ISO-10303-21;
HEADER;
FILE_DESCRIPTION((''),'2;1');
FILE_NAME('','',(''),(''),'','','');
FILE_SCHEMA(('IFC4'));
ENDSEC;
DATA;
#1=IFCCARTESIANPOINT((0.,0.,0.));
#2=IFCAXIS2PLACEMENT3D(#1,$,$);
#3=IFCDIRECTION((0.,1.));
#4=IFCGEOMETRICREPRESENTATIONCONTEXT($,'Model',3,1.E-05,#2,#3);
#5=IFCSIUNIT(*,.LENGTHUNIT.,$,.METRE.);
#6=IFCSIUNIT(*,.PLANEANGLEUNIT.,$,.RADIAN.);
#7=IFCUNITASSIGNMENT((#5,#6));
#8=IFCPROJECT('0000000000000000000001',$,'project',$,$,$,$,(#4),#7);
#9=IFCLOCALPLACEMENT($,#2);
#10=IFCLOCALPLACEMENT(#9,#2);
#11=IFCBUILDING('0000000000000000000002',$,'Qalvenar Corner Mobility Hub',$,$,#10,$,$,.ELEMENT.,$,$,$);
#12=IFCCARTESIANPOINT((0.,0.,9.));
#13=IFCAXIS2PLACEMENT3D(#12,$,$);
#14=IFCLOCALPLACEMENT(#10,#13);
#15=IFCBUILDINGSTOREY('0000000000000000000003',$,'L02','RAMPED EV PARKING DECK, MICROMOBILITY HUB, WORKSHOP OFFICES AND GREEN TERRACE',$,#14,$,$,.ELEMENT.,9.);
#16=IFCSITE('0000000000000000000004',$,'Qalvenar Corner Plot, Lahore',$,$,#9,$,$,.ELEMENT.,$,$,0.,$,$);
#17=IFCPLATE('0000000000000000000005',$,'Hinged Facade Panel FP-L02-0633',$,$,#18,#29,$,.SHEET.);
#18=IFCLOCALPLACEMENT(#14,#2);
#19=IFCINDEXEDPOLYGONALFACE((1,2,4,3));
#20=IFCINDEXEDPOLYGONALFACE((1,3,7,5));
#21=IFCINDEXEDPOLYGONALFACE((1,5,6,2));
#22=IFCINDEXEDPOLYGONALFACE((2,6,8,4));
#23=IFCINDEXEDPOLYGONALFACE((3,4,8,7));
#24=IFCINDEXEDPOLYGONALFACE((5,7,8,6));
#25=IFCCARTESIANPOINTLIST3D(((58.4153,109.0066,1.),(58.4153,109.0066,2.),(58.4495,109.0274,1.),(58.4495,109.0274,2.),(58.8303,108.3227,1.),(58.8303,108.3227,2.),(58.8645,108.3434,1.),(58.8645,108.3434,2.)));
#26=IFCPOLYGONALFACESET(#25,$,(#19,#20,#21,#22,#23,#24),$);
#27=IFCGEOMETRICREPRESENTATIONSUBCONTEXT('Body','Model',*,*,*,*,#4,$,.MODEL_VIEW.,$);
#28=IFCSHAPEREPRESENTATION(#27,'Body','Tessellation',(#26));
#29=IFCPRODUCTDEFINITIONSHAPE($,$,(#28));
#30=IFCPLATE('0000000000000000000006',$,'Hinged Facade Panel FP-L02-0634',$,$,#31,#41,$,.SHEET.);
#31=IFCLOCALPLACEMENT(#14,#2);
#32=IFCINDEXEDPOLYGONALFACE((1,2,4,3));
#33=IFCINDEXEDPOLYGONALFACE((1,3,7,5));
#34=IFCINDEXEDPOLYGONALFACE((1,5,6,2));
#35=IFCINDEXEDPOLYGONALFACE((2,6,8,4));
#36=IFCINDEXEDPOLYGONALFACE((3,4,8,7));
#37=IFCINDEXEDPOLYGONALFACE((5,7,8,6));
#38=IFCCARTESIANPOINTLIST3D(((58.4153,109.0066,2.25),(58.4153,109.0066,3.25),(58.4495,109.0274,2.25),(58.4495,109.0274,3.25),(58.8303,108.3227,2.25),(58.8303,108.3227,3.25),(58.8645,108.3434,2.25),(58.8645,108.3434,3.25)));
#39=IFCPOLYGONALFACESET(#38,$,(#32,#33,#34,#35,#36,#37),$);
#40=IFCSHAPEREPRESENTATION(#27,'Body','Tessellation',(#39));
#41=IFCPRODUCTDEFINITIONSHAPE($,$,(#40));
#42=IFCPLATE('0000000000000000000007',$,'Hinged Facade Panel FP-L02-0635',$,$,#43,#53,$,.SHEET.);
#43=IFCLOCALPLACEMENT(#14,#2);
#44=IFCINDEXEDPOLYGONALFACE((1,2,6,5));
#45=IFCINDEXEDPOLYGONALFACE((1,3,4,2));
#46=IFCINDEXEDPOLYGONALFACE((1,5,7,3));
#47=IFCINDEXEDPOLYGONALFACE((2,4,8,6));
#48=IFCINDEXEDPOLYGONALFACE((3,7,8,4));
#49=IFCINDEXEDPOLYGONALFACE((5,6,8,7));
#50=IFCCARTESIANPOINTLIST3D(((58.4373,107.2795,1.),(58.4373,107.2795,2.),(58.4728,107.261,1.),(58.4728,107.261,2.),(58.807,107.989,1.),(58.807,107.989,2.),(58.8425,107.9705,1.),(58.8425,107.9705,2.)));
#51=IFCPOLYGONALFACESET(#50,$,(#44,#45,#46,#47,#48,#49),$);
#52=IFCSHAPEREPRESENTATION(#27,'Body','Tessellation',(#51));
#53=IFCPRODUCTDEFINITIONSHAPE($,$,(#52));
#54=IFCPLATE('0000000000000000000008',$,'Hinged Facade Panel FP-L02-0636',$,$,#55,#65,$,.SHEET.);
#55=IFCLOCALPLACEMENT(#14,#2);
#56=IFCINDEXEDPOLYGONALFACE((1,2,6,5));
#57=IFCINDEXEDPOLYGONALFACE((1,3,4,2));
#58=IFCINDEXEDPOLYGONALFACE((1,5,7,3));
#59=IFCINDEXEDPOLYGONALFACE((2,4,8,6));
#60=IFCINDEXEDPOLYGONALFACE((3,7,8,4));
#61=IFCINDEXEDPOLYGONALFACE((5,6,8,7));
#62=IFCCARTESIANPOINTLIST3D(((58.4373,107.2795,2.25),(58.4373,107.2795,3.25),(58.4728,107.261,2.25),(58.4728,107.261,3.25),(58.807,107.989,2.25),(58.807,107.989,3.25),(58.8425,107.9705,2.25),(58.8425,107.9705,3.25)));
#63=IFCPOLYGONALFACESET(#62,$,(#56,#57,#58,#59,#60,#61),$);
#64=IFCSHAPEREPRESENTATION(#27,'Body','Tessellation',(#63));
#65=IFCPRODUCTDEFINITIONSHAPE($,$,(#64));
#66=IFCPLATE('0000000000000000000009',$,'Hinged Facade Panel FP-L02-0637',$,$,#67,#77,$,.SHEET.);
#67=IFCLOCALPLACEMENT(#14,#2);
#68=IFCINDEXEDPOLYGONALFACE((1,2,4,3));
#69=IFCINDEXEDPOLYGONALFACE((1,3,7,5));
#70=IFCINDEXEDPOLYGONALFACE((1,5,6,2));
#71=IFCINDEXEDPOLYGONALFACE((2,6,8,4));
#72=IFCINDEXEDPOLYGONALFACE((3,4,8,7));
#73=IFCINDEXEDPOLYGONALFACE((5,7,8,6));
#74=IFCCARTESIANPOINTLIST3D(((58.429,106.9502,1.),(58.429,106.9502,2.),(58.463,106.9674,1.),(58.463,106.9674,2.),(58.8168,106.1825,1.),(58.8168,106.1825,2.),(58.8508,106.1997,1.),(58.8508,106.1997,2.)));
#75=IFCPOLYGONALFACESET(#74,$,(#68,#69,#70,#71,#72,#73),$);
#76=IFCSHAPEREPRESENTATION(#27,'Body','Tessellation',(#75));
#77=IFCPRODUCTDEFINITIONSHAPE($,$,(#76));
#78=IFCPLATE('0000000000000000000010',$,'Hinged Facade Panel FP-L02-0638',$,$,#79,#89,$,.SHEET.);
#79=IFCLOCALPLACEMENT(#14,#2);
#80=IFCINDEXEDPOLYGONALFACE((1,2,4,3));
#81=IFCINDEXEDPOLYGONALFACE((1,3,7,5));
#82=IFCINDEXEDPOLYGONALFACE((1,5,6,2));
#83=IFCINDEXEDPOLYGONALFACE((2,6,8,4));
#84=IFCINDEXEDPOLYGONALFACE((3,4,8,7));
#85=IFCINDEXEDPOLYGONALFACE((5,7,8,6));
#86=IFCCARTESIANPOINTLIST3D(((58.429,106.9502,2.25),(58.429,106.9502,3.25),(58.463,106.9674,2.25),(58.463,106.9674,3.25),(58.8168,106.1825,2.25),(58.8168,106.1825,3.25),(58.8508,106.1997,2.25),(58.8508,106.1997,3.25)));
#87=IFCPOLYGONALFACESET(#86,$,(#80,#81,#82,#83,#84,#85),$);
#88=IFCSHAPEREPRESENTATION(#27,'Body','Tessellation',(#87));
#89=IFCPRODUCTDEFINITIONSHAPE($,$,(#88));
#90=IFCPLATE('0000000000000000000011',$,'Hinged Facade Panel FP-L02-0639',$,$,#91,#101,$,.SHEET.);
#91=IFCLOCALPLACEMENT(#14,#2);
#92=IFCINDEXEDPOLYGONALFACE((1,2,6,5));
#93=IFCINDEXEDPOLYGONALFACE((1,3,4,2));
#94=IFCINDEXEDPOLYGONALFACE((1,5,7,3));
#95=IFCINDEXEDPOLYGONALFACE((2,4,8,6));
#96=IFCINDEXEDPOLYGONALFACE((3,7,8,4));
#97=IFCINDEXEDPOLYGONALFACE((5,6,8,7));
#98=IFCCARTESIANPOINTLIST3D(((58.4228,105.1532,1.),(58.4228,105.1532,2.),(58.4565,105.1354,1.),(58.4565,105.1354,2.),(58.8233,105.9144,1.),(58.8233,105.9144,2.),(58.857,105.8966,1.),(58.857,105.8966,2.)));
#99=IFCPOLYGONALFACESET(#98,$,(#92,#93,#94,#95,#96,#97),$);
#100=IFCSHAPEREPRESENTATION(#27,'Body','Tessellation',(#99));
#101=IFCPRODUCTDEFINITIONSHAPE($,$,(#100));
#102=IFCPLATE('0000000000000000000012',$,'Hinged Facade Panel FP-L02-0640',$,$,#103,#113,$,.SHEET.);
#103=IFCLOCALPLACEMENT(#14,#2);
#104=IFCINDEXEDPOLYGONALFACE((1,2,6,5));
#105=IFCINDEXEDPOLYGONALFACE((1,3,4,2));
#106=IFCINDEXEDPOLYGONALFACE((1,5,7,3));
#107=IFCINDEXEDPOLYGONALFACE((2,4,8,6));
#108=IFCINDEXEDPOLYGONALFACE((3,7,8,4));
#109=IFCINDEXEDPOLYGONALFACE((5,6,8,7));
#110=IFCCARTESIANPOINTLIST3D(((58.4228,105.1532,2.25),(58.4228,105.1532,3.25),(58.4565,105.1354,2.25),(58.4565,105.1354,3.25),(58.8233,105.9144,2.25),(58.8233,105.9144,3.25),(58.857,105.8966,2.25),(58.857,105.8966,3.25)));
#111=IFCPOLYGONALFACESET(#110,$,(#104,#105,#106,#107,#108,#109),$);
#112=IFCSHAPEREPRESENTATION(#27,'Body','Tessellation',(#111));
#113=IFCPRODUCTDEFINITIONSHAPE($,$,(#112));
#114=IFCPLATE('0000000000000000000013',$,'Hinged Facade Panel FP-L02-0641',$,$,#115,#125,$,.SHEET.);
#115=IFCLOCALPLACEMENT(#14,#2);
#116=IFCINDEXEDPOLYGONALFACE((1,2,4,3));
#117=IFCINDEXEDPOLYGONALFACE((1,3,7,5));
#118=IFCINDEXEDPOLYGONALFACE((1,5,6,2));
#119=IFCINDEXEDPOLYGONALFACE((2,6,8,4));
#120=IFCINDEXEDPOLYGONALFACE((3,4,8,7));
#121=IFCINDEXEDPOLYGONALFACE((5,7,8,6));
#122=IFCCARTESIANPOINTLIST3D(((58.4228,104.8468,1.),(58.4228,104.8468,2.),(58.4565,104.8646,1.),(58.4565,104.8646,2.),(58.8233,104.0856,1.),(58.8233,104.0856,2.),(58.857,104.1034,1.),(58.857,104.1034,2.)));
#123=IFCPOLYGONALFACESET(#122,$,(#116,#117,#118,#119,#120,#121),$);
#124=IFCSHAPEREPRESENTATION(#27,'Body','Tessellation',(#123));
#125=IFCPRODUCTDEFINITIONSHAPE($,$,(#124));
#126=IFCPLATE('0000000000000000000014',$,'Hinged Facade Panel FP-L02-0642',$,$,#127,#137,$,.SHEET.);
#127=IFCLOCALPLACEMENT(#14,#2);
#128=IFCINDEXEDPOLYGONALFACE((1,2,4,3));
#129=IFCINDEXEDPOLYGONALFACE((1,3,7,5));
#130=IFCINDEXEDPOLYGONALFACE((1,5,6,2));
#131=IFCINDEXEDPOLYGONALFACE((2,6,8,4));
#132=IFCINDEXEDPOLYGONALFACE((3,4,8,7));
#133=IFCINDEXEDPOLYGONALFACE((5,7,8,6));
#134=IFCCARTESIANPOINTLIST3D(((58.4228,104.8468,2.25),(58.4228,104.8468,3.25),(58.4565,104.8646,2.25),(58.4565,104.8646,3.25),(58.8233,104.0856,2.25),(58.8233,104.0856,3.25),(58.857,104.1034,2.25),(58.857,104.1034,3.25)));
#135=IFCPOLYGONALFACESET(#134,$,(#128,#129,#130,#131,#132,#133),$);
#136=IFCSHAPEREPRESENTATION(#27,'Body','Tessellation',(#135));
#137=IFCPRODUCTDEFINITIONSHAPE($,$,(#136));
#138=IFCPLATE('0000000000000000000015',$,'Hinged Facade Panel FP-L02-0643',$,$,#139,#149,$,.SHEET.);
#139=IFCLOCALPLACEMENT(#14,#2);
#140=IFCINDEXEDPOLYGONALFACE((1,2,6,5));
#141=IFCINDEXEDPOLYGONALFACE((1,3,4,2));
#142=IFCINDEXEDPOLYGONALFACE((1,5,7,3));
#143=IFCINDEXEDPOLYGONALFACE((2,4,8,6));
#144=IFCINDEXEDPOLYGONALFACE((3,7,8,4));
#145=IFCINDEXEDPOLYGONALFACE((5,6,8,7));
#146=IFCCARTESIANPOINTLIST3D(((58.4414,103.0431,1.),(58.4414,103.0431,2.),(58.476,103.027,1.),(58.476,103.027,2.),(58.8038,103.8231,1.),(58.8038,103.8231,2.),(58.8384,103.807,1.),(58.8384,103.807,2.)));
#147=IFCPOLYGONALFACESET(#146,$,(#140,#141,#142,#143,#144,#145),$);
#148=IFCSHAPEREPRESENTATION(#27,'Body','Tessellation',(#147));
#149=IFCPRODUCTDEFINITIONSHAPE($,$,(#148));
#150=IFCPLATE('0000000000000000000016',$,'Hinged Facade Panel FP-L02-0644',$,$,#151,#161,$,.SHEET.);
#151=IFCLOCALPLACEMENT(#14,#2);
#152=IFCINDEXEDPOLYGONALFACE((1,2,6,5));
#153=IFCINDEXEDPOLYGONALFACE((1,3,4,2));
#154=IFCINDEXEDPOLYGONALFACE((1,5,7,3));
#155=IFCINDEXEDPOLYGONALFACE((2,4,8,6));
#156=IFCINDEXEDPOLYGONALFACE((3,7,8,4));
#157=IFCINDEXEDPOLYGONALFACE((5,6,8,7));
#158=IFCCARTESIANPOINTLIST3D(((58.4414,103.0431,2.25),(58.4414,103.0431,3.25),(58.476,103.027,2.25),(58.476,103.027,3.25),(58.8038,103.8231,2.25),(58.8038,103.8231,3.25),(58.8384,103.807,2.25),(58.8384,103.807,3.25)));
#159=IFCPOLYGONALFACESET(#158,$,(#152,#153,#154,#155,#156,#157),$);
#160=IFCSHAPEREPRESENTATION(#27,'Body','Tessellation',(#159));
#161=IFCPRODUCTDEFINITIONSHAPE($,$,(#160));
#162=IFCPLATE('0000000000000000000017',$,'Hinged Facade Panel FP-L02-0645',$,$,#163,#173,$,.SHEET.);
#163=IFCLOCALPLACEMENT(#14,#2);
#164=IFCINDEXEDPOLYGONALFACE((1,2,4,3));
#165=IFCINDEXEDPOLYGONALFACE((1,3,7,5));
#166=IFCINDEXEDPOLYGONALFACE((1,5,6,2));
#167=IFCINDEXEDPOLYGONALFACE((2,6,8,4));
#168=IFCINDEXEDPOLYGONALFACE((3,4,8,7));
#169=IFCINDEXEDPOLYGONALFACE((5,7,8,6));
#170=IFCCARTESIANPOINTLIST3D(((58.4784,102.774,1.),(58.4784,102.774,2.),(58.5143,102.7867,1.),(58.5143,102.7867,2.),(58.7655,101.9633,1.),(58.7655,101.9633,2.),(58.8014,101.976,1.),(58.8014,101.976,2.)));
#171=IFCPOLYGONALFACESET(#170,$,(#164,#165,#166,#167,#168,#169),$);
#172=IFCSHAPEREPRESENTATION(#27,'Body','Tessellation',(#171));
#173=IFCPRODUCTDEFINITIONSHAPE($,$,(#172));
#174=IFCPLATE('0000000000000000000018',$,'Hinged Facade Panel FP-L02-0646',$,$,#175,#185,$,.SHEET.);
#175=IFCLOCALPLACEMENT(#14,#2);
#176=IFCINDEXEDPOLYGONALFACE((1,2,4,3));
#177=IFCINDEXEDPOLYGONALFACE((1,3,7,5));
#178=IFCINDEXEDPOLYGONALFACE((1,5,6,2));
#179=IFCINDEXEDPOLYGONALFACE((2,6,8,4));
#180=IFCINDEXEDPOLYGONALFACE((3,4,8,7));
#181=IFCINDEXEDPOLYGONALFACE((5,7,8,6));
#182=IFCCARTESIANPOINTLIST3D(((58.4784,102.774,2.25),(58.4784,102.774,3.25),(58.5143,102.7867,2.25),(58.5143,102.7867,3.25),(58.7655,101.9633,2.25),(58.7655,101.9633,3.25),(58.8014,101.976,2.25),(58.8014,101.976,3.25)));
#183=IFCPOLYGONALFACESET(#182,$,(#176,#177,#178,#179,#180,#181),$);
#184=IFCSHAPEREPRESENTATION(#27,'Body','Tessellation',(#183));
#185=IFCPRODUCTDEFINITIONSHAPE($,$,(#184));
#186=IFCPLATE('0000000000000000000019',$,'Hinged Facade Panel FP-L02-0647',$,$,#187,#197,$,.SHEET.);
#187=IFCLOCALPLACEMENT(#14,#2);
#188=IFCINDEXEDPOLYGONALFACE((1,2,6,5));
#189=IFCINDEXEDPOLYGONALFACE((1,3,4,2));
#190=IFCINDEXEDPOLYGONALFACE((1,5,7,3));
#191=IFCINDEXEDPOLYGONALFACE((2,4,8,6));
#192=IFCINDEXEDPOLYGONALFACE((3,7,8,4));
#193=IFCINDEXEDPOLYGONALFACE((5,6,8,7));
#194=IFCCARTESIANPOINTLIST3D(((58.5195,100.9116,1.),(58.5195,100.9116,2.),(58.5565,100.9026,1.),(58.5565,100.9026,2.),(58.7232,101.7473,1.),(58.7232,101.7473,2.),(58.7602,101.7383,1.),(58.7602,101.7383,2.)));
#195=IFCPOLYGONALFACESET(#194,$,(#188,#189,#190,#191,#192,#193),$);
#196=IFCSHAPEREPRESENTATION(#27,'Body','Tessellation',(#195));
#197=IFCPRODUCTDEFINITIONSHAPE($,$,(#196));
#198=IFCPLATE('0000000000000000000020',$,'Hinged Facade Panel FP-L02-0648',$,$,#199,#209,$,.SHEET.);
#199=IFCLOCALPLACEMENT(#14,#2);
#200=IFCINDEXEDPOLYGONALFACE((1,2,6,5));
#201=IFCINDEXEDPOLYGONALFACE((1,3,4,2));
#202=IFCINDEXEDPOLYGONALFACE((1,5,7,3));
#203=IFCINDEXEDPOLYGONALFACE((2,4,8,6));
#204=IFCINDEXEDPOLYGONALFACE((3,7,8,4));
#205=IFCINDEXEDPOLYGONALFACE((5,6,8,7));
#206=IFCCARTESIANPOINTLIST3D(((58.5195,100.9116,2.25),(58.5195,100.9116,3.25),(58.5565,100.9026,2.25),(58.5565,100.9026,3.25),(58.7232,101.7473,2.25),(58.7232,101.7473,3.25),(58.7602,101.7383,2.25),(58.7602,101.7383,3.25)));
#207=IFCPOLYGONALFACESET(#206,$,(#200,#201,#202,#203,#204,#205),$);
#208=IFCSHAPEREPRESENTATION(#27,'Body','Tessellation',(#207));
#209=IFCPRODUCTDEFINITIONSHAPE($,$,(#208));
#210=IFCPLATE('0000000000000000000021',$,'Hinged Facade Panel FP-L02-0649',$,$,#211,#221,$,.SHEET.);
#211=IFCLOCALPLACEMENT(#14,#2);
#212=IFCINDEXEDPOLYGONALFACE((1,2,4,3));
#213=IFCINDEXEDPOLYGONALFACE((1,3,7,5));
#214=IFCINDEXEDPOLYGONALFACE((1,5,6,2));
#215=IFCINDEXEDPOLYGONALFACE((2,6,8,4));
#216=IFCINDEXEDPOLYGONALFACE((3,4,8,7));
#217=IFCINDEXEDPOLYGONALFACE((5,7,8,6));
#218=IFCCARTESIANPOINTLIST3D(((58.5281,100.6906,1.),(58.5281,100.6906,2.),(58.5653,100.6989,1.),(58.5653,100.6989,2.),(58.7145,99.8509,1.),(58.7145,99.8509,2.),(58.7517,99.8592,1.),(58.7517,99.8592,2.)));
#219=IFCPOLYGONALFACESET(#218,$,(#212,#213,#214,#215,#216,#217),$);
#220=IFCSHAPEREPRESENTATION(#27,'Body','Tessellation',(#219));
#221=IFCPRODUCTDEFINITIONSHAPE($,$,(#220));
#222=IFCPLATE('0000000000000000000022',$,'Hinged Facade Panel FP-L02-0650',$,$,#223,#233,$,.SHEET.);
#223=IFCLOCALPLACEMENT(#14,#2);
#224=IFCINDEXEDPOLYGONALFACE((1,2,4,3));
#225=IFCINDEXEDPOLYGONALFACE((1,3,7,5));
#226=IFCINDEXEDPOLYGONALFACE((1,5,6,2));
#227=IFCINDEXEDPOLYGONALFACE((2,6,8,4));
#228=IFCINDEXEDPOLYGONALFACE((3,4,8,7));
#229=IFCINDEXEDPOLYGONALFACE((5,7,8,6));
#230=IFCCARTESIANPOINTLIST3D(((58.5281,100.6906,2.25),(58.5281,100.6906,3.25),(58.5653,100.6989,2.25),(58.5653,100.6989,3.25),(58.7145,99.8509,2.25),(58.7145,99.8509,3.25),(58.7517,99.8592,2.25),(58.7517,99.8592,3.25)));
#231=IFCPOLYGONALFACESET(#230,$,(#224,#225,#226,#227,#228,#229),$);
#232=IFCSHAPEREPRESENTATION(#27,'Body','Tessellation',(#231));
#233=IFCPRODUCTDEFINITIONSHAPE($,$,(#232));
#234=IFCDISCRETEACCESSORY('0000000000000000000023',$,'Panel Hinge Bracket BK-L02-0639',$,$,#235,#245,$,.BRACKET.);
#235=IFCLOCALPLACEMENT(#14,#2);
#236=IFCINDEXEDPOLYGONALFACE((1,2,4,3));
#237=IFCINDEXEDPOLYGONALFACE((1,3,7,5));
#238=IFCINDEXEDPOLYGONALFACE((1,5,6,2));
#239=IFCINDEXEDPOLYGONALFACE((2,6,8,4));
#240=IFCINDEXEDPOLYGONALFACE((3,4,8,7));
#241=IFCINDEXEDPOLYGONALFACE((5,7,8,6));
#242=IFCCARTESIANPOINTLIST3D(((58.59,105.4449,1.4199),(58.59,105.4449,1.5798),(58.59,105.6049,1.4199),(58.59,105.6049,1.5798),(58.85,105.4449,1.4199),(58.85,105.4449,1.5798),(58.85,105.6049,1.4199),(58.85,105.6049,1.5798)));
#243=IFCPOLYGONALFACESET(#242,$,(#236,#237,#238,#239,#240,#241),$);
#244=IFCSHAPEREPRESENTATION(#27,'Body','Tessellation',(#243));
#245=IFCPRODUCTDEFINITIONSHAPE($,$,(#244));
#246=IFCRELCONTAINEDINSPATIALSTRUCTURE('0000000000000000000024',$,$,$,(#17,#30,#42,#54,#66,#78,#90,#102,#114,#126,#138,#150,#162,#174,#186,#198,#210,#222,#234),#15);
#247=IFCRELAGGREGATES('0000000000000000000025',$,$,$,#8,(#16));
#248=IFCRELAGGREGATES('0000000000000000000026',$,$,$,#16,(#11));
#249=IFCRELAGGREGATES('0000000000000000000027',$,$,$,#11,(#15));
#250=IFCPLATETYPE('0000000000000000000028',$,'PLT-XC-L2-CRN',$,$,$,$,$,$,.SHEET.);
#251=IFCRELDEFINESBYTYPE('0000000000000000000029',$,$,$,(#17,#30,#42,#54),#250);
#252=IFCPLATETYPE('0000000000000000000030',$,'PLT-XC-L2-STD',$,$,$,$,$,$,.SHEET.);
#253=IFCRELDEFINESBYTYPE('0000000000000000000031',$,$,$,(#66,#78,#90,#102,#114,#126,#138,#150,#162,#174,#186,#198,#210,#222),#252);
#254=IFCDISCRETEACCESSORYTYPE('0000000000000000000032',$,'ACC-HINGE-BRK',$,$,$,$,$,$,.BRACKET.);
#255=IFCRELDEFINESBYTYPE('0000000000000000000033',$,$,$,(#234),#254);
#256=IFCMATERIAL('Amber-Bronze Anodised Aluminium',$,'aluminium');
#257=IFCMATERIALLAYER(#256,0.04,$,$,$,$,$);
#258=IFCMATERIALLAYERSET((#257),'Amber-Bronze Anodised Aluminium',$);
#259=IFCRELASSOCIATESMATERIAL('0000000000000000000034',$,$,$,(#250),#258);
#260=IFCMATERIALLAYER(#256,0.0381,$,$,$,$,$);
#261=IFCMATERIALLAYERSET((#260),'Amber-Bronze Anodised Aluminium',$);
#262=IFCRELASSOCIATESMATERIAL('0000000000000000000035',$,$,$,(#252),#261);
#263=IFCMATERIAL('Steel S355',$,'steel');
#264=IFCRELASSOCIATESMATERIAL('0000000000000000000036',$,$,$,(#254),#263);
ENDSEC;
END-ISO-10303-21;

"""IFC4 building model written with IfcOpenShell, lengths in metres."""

from ifc_helpers import new_model, si_unit, direction, frame, origin, origin_2d, place, context, subcontext, project, spatial, rectangle, extrude, material, layer, layer_set, type_object, element, save


model = new_model("IFC4")

# Units and contexts
model_context = context("Model", 3, precision=1e-05, world=origin(), true_north=direction((0.0, 1.0)))
body_context = subcontext(model_context, "Body", "Model", "MODEL_VIEW")
ifc_project = project(units=[si_unit("LENGTHUNIT", "METRE"), si_unit("PLANEANGLEUNIT", "RADIAN")], contexts=[model_context])

# Site, building, storey
site_placement = place(None, origin())
site = spatial("IfcSite", under=ifc_project, at=site_placement, Name="Qalvenar Corner Plot, Lahore", CompositionType="ELEMENT", RefElevation=0.0)
building_placement = place(site_placement, origin())
building = spatial("IfcBuilding", under=site, at=building_placement, Name="Qalvenar Corner Mobility Hub", CompositionType="ELEMENT")
storey_placement = place(building_placement, frame((0.0, 0.0, 9.0)))
storey = spatial("IfcBuildingStorey", under=building, at=storey_placement, Name="L02", Description="RAMPED EV PARKING DECK, MICROMOBILITY HUB, WORKSHOP OFFICES AND GREEN TERRACE", CompositionType="ELEMENT", Elevation=9.0)

# Plates
ifc_material_1 = material(Name="Amber-Bronze Anodised Aluminium", Category="aluminium")
ifc_layer_1 = layer(ifc_material_1, 0.04)
ifc_layer_set_1 = layer_set([ifc_layer_1], Name="Amber-Bronze Anodised Aluminium")
plate_type_1 = type_object("IfcPlateType", Name="PLT-XC-L2-CRN", PredefinedType="SHEET", material=ifc_layer_set_1)
for number, where, z_axis, x_axis, name in (
    (1, (58.6399, 108.675, 1.0), (0.0, 0.0, 1.0), (0.518773, -0.854912, 0.0), "Hinged Facade Panel FP-L02-0633"),
    (2, (58.6399, 108.675, 2.25), (0.0, 0.0, 1.0), (0.518773, -0.854912, 0.0), "Hinged Facade Panel FP-L02-0634"),
    (3, (58.6399, 107.625, 1.0), (0.0, 0.0, 1.0), (-0.462058, -0.88685, 0.0), "Hinged Facade Panel FP-L02-0635"),
    (4, (58.6399, 107.625, 2.25), (0.0, 0.0, 1.0), (-0.462058, -0.88685, 0.0), "Hinged Facade Panel FP-L02-0636"),
):
    element("IfcPlate", number, at=place(storey_placement, frame(where, z_axis=z_axis, x_axis=x_axis)), inside=storey, type_object=plate_type_1, Name=name, PredefinedType="SHEET", context=body_context, shape_type="SweptSolid", body=[
        extrude(rectangle(XDim=0.8, YDim=0.04, at=origin_2d()), origin(), (0.0, 0.0, 1.0), 1.0),
    ])
ifc_layer_2 = layer(ifc_material_1, 0.0381)
ifc_layer_set_2 = layer_set([ifc_layer_2], Name="Amber-Bronze Anodised Aluminium")
plate_type_2 = type_object("IfcPlateType", Name="PLT-XC-L2-STD", PredefinedType="SHEET", material=ifc_layer_set_2)
for number, where, z_axis, x_axis, name in (
    (5, (58.6399, 106.575, 1.0), (0.0, 0.0, 1.0), (0.450878, -0.892586, 0.0), "Hinged Facade Panel FP-L02-0637"),
    (6, (58.6399, 106.575, 2.25), (0.0, 0.0, 1.0), (0.450878, -0.892586, 0.0), "Hinged Facade Panel FP-L02-0638"),
    (7, (58.6399, 105.5249, 1.0), (0.0, 0.0, 1.0), (-0.465615, -0.884988, 0.0), "Hinged Facade Panel FP-L02-0639"),
    (8, (58.6399, 105.5249, 2.25), (0.0, 0.0, 1.0), (-0.465615, -0.884988, 0.0), "Hinged Facade Panel FP-L02-0640"),
    (9, (58.6399, 104.4751, 1.0), (0.0, 0.0, 1.0), (0.465615, -0.884988, 0.0), "Hinged Facade Panel FP-L02-0641"),
    (10, (58.6399, 104.4751, 2.25), (0.0, 0.0, 1.0), (0.465615, -0.884988, 0.0), "Hinged Facade Panel FP-L02-0642"),
    (11, (58.6399, 103.425, 1.0), (0.0, 0.0, 1.0), (-0.421352, -0.906897, 0.0), "Hinged Facade Panel FP-L02-0643"),
    (12, (58.6399, 103.425, 2.25), (0.0, 0.0, 1.0), (-0.421352, -0.906897, 0.0), "Hinged Facade Panel FP-L02-0644"),
    (13, (58.6399, 102.375, 1.0), (0.0, 0.0, 1.0), (0.333807, -0.942641, 0.0), "Hinged Facade Panel FP-L02-0645"),
    (14, (58.6399, 102.375, 2.25), (0.0, 0.0, 1.0), (0.333807, -0.942641, 0.0), "Hinged Facade Panel FP-L02-0646"),
    (15, (58.6399, 101.325, 1.0), (0.0, 0.0, 1.0), (-0.236838, -0.971549, 0.0), "Hinged Facade Panel FP-L02-0647"),
    (16, (58.6399, 101.325, 2.25), (0.0, 0.0, 1.0), (-0.236838, -0.971549, 0.0), "Hinged Facade Panel FP-L02-0648"),
    (17, (58.6399, 100.2749, 1.0), (0.0, 0.0, 1.0), (0.21678, -0.97622, 0.0), "Hinged Facade Panel FP-L02-0649"),
    (18, (58.6399, 100.2749, 2.25), (0.0, 0.0, 1.0), (0.21678, -0.97622, 0.0), "Hinged Facade Panel FP-L02-0650"),
):
    element("IfcPlate", number, at=place(storey_placement, frame(where, z_axis=z_axis, x_axis=x_axis)), inside=storey, type_object=plate_type_2, Name=name, PredefinedType="SHEET", context=body_context, shape_type="SweptSolid", body=[
        extrude(rectangle(XDim=0.8601, YDim=0.0381, at=origin_2d()), origin(), (0.0, 0.0, 1.0), 1.0),
    ])

# Discrete accessory
ifc_material_2 = material(Name="Steel S355", Category="steel")
discrete_accessory_type = type_object("IfcDiscreteAccessoryType", Name="ACC-HINGE-BRK", PredefinedType="BRACKET", material=ifc_material_2)
for number, where, z_axis, x_axis, name in (
    (19, (58.72, 105.5249, 1.4199), (0.0, 0.0, 1.0), (0.0, -1.0, 0.0), "Panel Hinge Bracket BK-L02-0639"),
):
    element("IfcDiscreteAccessory", number, at=place(storey_placement, frame(where, z_axis=z_axis, x_axis=x_axis)), inside=storey, type_object=discrete_accessory_type, Name=name, PredefinedType="BRACKET", context=body_context, shape_type="SweptSolid", body=[
        extrude(rectangle(XDim=0.1599, YDim=0.26, at=origin_2d()), origin(), (0.0, 0.0, 1.0), 0.1599),
    ])

save(model, "model.ifc")
